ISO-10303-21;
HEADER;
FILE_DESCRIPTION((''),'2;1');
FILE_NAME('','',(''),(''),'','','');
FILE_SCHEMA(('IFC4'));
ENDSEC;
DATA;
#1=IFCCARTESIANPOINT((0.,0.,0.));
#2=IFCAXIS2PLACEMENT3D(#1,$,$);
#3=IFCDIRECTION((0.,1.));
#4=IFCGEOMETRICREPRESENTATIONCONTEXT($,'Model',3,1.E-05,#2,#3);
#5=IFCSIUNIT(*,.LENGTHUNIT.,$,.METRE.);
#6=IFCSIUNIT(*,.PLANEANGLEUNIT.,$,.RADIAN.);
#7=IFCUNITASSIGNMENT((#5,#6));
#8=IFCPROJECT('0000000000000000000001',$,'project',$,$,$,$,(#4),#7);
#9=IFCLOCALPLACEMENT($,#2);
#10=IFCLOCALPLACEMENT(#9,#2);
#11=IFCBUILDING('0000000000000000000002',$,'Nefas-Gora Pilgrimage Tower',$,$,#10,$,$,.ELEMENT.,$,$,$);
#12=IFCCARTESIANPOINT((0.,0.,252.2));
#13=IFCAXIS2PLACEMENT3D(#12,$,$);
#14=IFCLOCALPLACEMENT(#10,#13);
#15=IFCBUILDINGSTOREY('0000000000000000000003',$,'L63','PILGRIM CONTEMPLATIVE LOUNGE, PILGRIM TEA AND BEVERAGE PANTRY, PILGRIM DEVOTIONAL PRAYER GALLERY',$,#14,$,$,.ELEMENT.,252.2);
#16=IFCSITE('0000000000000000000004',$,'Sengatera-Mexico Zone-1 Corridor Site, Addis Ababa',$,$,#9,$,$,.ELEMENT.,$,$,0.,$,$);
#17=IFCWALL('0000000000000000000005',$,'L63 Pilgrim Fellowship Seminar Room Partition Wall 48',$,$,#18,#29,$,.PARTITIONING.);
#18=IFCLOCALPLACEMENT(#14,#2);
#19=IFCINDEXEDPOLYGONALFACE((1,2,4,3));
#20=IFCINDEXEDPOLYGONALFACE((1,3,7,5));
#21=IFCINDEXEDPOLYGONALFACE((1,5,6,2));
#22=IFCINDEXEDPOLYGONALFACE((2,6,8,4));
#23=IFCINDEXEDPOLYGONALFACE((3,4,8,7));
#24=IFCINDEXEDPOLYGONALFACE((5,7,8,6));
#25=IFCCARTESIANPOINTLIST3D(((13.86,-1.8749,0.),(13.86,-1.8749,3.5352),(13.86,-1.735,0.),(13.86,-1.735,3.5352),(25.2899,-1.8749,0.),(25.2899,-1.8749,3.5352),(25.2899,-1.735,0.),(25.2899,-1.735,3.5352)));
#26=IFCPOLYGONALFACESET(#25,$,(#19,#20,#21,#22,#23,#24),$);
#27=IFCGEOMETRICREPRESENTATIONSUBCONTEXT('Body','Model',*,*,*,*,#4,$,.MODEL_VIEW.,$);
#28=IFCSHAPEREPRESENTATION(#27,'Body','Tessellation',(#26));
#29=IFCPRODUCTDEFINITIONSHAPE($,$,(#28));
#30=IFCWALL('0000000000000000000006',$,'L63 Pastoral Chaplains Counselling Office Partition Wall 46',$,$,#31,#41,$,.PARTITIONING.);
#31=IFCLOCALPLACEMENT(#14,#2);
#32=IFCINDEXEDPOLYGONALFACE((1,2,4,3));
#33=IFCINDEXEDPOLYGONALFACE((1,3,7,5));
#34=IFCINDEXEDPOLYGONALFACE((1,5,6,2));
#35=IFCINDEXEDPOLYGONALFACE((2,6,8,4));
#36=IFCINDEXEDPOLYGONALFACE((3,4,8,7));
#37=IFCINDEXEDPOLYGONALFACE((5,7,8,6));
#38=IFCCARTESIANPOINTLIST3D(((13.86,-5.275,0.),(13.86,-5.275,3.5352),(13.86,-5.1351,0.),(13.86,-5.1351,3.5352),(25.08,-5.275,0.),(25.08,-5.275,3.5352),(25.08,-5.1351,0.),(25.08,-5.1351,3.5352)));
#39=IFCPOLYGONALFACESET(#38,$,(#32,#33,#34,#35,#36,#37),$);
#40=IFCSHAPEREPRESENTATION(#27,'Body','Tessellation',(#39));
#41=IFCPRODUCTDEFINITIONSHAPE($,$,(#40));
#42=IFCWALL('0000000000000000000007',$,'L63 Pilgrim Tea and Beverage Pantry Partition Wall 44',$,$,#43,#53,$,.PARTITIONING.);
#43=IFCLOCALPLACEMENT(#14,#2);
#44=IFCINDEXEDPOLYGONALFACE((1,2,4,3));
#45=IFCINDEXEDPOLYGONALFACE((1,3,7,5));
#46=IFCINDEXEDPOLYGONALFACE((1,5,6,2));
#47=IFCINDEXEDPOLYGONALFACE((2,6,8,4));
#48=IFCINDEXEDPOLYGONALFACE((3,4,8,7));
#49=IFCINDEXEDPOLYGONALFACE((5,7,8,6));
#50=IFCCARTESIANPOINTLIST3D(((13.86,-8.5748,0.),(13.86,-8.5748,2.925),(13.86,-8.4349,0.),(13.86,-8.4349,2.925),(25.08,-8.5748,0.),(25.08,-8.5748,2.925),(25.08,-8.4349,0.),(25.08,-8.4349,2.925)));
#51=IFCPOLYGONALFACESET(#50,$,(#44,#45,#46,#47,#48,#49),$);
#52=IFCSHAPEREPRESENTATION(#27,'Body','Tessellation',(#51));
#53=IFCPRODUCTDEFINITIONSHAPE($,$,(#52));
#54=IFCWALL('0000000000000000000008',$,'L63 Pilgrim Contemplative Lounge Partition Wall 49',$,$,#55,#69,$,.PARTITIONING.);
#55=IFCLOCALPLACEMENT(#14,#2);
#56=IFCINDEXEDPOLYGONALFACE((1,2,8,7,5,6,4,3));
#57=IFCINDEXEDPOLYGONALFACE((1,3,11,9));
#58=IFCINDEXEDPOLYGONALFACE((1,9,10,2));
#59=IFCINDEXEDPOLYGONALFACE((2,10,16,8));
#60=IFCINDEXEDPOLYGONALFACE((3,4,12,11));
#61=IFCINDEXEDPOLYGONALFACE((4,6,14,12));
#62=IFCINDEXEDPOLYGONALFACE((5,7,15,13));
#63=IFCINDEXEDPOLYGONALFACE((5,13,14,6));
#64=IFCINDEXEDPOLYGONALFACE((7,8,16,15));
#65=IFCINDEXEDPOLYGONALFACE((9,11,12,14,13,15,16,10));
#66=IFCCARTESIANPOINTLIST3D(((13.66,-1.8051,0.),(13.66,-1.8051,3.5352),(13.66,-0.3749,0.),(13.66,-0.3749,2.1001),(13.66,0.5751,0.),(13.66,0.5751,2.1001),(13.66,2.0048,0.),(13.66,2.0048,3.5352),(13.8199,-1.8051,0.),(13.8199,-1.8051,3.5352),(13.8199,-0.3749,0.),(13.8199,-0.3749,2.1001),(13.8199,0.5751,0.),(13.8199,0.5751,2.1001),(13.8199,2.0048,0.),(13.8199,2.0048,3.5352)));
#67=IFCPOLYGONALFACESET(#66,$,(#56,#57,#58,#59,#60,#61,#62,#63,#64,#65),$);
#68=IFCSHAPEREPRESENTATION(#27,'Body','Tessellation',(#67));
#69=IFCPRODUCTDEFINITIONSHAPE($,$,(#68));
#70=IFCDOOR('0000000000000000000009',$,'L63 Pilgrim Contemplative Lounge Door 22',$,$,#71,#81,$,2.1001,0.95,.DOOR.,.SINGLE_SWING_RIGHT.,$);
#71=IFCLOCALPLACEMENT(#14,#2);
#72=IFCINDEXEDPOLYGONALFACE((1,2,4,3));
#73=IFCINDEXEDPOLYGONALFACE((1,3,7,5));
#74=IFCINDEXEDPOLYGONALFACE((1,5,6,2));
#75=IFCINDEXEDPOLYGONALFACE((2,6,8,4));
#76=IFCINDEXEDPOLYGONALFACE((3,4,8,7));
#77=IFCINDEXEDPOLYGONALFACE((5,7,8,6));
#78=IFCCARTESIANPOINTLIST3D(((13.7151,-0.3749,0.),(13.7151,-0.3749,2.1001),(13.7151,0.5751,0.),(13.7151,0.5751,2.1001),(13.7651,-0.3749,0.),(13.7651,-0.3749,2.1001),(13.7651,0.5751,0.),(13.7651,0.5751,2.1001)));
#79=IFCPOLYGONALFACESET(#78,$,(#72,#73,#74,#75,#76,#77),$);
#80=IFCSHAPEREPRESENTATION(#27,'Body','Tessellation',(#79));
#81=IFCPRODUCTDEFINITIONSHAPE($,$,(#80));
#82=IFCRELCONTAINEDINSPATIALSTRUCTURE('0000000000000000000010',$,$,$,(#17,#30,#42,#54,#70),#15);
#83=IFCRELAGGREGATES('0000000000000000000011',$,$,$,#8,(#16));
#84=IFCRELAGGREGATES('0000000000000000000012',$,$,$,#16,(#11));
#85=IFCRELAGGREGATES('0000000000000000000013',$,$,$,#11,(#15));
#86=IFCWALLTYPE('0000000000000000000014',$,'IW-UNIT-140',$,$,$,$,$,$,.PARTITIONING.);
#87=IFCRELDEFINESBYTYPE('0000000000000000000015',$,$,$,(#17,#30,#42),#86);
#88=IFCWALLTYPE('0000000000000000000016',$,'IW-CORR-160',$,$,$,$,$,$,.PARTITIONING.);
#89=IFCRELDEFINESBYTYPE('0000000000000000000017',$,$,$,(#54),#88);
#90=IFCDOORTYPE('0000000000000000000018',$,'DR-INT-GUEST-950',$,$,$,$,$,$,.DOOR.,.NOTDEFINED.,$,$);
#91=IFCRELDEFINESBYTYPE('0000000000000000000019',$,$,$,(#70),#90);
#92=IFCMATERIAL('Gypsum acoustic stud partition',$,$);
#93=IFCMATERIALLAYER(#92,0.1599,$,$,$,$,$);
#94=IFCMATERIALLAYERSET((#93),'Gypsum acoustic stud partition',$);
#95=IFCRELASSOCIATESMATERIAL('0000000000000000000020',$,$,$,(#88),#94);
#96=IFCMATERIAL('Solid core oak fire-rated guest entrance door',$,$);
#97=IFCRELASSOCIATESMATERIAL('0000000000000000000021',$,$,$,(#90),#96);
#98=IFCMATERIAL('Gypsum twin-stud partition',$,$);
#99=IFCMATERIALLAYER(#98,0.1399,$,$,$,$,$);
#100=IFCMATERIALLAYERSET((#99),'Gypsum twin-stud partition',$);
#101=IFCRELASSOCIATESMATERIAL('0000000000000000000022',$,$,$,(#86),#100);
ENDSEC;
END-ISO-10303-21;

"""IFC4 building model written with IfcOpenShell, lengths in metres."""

from ifc_helpers import new_model, si_unit, direction, frame, frame_2d, origin, place, context, subcontext, project, spatial, rectangle, extrude, source, transform, mapped, material, layer, layer_set, type_object, element, fill, save


model = new_model("IFC4")

# Units and contexts
model_context = context("Model", 3, precision=1e-05, world=origin(), true_north=direction((0.0, 1.0)))
body_context = subcontext(model_context, "Body", "Model", "MODEL_VIEW")
ifc_project = project(units=[si_unit("LENGTHUNIT", "METRE"), si_unit("PLANEANGLEUNIT", "RADIAN")], contexts=[model_context])

# Site, building, storey
site_placement = place(None, origin())
site = spatial("IfcSite", under=ifc_project, at=site_placement, Name="Sengatera-Mexico Zone-1 Corridor Site, Addis Ababa", CompositionType="ELEMENT", RefElevation=0.0)
building_placement = place(site_placement, origin())
building = spatial("IfcBuilding", under=site, at=building_placement, Name="Nefas-Gora Pilgrimage Tower", CompositionType="ELEMENT")
storey_placement = place(building_placement, frame((0.0, 0.0, 252.2)))
storey = spatial("IfcBuildingStorey", under=building, at=storey_placement, Name="L63", Description="PILGRIM CONTEMPLATIVE LOUNGE, PILGRIM TEA AND BEVERAGE PANTRY, PILGRIM DEVOTIONAL PRAYER GALLERY", CompositionType="ELEMENT", Elevation=252.2)

# Shared definitions
ifc_material_1 = material(Name="Gypsum acoustic stud partition")
ifc_layer_1 = layer(ifc_material_1, 0.1599)
ifc_layer_set_1 = layer_set([ifc_layer_1], Name="Gypsum acoustic stud partition")
wall_type_1 = type_object("IfcWallType", Name="IW-CORR-160", PredefinedType="PARTITIONING", material=ifc_layer_set_1)
ifc_material_2 = material(Name="Solid core oak fire-rated guest entrance door")
door_type_1 = type_object("IfcDoorType", Name="DR-INT-GUEST-950", OperationType="NOTDEFINED", PredefinedType="DOOR", material=ifc_material_2)
shared_shape_1 = source(origin(), body_context, "Body", "SweptSolid", [
    extrude(rectangle(XDim=0.95, YDim=2.1001, at=frame_2d((0.4751, 1.05))), frame((0.0, 0.0249, 0.0), z_axis=(0.0, -1.0, 0.0), x_axis=(1.0, 0.0, 0.0)), (0.0, 0.0, 1.0), 0.05),
])

# Walls
ifc_material_3 = material(Name="Gypsum twin-stud partition")
ifc_layer_2 = layer(ifc_material_3, 0.1399)
ifc_layer_set_2 = layer_set([ifc_layer_2], Name="Gypsum twin-stud partition")
wall_type_2 = type_object("IfcWallType", Name="IW-UNIT-140", PredefinedType="PARTITIONING", material=ifc_layer_set_2)
shared_shape_2 = source(origin(), body_context, "Body", "SweptSolid", [
    extrude(rectangle(XDim=11.4299, YDim=0.1399, at=frame_2d((5.7148, 0.0))), origin(), (0.0, 0.0, 1.0), 3.5352),
])
wall_1_placement = place(storey_placement, frame((13.8601, -1.8049, 0.0), z_axis=(0.0, 0.0, 1.0), x_axis=(1.0, 0.0, 0.0)))
element("IfcWall", 1, at=wall_1_placement, inside=storey, type_object=wall_type_2, Name="L63 Pilgrim Fellowship Seminar Room Partition Wall 48", PredefinedType="PARTITIONING", context=body_context, shape_type="MappedRepresentation", body=[
    mapped(shared_shape_2, transform((0.0, 0.0, 0.0), x_axis=(1.0, 0.0, 0.0), y_axis=(0.0, 1.0, 0.0), z_axis=(0.0, 0.0, 1.0), scale=1.0)),
])
shared_shape_3 = source(origin(), body_context, "Body", "SweptSolid", [
    extrude(rectangle(XDim=11.22, YDim=0.1399, at=frame_2d((5.6099, 0.0))), origin(), (0.0, 0.0, 1.0), 3.5352),
])
wall_2_placement = place(storey_placement, frame((13.8601, -5.2051, 0.0), z_axis=(0.0, 0.0, 1.0), x_axis=(1.0, 0.0, 0.0)))
element("IfcWall", 2, at=wall_2_placement, inside=storey, type_object=wall_type_2, Name="L63 Pastoral Chaplains Counselling Office Partition Wall 46", PredefinedType="PARTITIONING", context=body_context, shape_type="MappedRepresentation", body=[
    mapped(shared_shape_3, transform((0.0, 0.0, 0.0), x_axis=(1.0, 0.0, 0.0), y_axis=(0.0, 1.0, 0.0), z_axis=(0.0, 0.0, 1.0), scale=1.0)),
])

# Wall
shared_shape_4 = source(origin(), body_context, "Body", "SweptSolid", [
    extrude(rectangle(XDim=11.22, YDim=0.1399, at=frame_2d((5.6099, 0.0))), origin(), (0.0, 0.0, 1.0), 2.925),
])
wall_3_placement = place(storey_placement, frame((13.8601, -8.5049, 0.0), z_axis=(0.0, 0.0, 1.0), x_axis=(1.0, 0.0, 0.0)))
element("IfcWall", 3, at=wall_3_placement, inside=storey, type_object=wall_type_2, Name="L63 Pilgrim Tea and Beverage Pantry Partition Wall 44", PredefinedType="PARTITIONING", context=body_context, shape_type="MappedRepresentation", body=[
    mapped(shared_shape_4, transform((0.0, 0.0, 0.0), x_axis=(1.0, 0.0, 0.0), y_axis=(0.0, 1.0, 0.0), z_axis=(0.0, 0.0, 1.0), scale=1.0)),
])

# Wall, opening, door
shared_shape_5 = source(origin(), body_context, "Body", "SweptSolid", [
    extrude(rectangle(XDim=3.8098, YDim=0.1599, at=frame_2d((1.9048, 0.0))), origin(), (0.0, 0.0, 1.0), 3.5352),
])
wall_4_placement = place(storey_placement, frame((13.74, -1.8049, 0.0), z_axis=(0.0, 0.0, 1.0), x_axis=(0.0, 1.0, 0.0)))
wall_4 = element("IfcWall", 4, at=wall_4_placement, inside=storey, type_object=wall_type_1, Name="L63 Pilgrim Contemplative Lounge Partition Wall 49", PredefinedType="PARTITIONING", context=body_context, shape_type="MappedRepresentation", body=[
    mapped(shared_shape_5, transform((0.0, 0.0, 0.0), x_axis=(1.0, 0.0, 0.0), y_axis=(0.0, 1.0, 0.0), z_axis=(0.0, 0.0, 1.0), scale=1.0)),
])
opening_1_placement = place(wall_4_placement, frame((1.4299, 0.0, 0.0)))
opening_1 = element("IfcOpeningElement", 5, at=opening_1_placement, cuts=wall_4, PredefinedType="OPENING", context=body_context, shape_type="SweptSolid", body=[
    extrude(rectangle(XDim=0.95, YDim=2.1001, at=frame_2d((0.4751, 1.05))), frame((0.0, 0.0898, 0.0), z_axis=(0.0, -1.0, 0.0), x_axis=(1.0, 0.0, 0.0)), (0.0, 0.0, 1.0), 0.1799),
])
door_1_placement = place(opening_1_placement, origin())
door_1 = element("IfcDoor", 6, at=door_1_placement, inside=storey, type_object=door_type_1, Name="L63 Pilgrim Contemplative Lounge Door 22", OperationType="SINGLE_SWING_RIGHT", OverallHeight=2.1001, OverallWidth=0.95, PredefinedType="DOOR", context=body_context, shape_type="MappedRepresentation", body=[
    mapped(shared_shape_1, transform((0.0, 0.0, 0.0), x_axis=(1.0, 0.0, 0.0), y_axis=(0.0, 1.0, 0.0), z_axis=(0.0, 0.0, 1.0), scale=1.0)),
])
fill(opening_1, door_1)

save(model, "model.ifc")
